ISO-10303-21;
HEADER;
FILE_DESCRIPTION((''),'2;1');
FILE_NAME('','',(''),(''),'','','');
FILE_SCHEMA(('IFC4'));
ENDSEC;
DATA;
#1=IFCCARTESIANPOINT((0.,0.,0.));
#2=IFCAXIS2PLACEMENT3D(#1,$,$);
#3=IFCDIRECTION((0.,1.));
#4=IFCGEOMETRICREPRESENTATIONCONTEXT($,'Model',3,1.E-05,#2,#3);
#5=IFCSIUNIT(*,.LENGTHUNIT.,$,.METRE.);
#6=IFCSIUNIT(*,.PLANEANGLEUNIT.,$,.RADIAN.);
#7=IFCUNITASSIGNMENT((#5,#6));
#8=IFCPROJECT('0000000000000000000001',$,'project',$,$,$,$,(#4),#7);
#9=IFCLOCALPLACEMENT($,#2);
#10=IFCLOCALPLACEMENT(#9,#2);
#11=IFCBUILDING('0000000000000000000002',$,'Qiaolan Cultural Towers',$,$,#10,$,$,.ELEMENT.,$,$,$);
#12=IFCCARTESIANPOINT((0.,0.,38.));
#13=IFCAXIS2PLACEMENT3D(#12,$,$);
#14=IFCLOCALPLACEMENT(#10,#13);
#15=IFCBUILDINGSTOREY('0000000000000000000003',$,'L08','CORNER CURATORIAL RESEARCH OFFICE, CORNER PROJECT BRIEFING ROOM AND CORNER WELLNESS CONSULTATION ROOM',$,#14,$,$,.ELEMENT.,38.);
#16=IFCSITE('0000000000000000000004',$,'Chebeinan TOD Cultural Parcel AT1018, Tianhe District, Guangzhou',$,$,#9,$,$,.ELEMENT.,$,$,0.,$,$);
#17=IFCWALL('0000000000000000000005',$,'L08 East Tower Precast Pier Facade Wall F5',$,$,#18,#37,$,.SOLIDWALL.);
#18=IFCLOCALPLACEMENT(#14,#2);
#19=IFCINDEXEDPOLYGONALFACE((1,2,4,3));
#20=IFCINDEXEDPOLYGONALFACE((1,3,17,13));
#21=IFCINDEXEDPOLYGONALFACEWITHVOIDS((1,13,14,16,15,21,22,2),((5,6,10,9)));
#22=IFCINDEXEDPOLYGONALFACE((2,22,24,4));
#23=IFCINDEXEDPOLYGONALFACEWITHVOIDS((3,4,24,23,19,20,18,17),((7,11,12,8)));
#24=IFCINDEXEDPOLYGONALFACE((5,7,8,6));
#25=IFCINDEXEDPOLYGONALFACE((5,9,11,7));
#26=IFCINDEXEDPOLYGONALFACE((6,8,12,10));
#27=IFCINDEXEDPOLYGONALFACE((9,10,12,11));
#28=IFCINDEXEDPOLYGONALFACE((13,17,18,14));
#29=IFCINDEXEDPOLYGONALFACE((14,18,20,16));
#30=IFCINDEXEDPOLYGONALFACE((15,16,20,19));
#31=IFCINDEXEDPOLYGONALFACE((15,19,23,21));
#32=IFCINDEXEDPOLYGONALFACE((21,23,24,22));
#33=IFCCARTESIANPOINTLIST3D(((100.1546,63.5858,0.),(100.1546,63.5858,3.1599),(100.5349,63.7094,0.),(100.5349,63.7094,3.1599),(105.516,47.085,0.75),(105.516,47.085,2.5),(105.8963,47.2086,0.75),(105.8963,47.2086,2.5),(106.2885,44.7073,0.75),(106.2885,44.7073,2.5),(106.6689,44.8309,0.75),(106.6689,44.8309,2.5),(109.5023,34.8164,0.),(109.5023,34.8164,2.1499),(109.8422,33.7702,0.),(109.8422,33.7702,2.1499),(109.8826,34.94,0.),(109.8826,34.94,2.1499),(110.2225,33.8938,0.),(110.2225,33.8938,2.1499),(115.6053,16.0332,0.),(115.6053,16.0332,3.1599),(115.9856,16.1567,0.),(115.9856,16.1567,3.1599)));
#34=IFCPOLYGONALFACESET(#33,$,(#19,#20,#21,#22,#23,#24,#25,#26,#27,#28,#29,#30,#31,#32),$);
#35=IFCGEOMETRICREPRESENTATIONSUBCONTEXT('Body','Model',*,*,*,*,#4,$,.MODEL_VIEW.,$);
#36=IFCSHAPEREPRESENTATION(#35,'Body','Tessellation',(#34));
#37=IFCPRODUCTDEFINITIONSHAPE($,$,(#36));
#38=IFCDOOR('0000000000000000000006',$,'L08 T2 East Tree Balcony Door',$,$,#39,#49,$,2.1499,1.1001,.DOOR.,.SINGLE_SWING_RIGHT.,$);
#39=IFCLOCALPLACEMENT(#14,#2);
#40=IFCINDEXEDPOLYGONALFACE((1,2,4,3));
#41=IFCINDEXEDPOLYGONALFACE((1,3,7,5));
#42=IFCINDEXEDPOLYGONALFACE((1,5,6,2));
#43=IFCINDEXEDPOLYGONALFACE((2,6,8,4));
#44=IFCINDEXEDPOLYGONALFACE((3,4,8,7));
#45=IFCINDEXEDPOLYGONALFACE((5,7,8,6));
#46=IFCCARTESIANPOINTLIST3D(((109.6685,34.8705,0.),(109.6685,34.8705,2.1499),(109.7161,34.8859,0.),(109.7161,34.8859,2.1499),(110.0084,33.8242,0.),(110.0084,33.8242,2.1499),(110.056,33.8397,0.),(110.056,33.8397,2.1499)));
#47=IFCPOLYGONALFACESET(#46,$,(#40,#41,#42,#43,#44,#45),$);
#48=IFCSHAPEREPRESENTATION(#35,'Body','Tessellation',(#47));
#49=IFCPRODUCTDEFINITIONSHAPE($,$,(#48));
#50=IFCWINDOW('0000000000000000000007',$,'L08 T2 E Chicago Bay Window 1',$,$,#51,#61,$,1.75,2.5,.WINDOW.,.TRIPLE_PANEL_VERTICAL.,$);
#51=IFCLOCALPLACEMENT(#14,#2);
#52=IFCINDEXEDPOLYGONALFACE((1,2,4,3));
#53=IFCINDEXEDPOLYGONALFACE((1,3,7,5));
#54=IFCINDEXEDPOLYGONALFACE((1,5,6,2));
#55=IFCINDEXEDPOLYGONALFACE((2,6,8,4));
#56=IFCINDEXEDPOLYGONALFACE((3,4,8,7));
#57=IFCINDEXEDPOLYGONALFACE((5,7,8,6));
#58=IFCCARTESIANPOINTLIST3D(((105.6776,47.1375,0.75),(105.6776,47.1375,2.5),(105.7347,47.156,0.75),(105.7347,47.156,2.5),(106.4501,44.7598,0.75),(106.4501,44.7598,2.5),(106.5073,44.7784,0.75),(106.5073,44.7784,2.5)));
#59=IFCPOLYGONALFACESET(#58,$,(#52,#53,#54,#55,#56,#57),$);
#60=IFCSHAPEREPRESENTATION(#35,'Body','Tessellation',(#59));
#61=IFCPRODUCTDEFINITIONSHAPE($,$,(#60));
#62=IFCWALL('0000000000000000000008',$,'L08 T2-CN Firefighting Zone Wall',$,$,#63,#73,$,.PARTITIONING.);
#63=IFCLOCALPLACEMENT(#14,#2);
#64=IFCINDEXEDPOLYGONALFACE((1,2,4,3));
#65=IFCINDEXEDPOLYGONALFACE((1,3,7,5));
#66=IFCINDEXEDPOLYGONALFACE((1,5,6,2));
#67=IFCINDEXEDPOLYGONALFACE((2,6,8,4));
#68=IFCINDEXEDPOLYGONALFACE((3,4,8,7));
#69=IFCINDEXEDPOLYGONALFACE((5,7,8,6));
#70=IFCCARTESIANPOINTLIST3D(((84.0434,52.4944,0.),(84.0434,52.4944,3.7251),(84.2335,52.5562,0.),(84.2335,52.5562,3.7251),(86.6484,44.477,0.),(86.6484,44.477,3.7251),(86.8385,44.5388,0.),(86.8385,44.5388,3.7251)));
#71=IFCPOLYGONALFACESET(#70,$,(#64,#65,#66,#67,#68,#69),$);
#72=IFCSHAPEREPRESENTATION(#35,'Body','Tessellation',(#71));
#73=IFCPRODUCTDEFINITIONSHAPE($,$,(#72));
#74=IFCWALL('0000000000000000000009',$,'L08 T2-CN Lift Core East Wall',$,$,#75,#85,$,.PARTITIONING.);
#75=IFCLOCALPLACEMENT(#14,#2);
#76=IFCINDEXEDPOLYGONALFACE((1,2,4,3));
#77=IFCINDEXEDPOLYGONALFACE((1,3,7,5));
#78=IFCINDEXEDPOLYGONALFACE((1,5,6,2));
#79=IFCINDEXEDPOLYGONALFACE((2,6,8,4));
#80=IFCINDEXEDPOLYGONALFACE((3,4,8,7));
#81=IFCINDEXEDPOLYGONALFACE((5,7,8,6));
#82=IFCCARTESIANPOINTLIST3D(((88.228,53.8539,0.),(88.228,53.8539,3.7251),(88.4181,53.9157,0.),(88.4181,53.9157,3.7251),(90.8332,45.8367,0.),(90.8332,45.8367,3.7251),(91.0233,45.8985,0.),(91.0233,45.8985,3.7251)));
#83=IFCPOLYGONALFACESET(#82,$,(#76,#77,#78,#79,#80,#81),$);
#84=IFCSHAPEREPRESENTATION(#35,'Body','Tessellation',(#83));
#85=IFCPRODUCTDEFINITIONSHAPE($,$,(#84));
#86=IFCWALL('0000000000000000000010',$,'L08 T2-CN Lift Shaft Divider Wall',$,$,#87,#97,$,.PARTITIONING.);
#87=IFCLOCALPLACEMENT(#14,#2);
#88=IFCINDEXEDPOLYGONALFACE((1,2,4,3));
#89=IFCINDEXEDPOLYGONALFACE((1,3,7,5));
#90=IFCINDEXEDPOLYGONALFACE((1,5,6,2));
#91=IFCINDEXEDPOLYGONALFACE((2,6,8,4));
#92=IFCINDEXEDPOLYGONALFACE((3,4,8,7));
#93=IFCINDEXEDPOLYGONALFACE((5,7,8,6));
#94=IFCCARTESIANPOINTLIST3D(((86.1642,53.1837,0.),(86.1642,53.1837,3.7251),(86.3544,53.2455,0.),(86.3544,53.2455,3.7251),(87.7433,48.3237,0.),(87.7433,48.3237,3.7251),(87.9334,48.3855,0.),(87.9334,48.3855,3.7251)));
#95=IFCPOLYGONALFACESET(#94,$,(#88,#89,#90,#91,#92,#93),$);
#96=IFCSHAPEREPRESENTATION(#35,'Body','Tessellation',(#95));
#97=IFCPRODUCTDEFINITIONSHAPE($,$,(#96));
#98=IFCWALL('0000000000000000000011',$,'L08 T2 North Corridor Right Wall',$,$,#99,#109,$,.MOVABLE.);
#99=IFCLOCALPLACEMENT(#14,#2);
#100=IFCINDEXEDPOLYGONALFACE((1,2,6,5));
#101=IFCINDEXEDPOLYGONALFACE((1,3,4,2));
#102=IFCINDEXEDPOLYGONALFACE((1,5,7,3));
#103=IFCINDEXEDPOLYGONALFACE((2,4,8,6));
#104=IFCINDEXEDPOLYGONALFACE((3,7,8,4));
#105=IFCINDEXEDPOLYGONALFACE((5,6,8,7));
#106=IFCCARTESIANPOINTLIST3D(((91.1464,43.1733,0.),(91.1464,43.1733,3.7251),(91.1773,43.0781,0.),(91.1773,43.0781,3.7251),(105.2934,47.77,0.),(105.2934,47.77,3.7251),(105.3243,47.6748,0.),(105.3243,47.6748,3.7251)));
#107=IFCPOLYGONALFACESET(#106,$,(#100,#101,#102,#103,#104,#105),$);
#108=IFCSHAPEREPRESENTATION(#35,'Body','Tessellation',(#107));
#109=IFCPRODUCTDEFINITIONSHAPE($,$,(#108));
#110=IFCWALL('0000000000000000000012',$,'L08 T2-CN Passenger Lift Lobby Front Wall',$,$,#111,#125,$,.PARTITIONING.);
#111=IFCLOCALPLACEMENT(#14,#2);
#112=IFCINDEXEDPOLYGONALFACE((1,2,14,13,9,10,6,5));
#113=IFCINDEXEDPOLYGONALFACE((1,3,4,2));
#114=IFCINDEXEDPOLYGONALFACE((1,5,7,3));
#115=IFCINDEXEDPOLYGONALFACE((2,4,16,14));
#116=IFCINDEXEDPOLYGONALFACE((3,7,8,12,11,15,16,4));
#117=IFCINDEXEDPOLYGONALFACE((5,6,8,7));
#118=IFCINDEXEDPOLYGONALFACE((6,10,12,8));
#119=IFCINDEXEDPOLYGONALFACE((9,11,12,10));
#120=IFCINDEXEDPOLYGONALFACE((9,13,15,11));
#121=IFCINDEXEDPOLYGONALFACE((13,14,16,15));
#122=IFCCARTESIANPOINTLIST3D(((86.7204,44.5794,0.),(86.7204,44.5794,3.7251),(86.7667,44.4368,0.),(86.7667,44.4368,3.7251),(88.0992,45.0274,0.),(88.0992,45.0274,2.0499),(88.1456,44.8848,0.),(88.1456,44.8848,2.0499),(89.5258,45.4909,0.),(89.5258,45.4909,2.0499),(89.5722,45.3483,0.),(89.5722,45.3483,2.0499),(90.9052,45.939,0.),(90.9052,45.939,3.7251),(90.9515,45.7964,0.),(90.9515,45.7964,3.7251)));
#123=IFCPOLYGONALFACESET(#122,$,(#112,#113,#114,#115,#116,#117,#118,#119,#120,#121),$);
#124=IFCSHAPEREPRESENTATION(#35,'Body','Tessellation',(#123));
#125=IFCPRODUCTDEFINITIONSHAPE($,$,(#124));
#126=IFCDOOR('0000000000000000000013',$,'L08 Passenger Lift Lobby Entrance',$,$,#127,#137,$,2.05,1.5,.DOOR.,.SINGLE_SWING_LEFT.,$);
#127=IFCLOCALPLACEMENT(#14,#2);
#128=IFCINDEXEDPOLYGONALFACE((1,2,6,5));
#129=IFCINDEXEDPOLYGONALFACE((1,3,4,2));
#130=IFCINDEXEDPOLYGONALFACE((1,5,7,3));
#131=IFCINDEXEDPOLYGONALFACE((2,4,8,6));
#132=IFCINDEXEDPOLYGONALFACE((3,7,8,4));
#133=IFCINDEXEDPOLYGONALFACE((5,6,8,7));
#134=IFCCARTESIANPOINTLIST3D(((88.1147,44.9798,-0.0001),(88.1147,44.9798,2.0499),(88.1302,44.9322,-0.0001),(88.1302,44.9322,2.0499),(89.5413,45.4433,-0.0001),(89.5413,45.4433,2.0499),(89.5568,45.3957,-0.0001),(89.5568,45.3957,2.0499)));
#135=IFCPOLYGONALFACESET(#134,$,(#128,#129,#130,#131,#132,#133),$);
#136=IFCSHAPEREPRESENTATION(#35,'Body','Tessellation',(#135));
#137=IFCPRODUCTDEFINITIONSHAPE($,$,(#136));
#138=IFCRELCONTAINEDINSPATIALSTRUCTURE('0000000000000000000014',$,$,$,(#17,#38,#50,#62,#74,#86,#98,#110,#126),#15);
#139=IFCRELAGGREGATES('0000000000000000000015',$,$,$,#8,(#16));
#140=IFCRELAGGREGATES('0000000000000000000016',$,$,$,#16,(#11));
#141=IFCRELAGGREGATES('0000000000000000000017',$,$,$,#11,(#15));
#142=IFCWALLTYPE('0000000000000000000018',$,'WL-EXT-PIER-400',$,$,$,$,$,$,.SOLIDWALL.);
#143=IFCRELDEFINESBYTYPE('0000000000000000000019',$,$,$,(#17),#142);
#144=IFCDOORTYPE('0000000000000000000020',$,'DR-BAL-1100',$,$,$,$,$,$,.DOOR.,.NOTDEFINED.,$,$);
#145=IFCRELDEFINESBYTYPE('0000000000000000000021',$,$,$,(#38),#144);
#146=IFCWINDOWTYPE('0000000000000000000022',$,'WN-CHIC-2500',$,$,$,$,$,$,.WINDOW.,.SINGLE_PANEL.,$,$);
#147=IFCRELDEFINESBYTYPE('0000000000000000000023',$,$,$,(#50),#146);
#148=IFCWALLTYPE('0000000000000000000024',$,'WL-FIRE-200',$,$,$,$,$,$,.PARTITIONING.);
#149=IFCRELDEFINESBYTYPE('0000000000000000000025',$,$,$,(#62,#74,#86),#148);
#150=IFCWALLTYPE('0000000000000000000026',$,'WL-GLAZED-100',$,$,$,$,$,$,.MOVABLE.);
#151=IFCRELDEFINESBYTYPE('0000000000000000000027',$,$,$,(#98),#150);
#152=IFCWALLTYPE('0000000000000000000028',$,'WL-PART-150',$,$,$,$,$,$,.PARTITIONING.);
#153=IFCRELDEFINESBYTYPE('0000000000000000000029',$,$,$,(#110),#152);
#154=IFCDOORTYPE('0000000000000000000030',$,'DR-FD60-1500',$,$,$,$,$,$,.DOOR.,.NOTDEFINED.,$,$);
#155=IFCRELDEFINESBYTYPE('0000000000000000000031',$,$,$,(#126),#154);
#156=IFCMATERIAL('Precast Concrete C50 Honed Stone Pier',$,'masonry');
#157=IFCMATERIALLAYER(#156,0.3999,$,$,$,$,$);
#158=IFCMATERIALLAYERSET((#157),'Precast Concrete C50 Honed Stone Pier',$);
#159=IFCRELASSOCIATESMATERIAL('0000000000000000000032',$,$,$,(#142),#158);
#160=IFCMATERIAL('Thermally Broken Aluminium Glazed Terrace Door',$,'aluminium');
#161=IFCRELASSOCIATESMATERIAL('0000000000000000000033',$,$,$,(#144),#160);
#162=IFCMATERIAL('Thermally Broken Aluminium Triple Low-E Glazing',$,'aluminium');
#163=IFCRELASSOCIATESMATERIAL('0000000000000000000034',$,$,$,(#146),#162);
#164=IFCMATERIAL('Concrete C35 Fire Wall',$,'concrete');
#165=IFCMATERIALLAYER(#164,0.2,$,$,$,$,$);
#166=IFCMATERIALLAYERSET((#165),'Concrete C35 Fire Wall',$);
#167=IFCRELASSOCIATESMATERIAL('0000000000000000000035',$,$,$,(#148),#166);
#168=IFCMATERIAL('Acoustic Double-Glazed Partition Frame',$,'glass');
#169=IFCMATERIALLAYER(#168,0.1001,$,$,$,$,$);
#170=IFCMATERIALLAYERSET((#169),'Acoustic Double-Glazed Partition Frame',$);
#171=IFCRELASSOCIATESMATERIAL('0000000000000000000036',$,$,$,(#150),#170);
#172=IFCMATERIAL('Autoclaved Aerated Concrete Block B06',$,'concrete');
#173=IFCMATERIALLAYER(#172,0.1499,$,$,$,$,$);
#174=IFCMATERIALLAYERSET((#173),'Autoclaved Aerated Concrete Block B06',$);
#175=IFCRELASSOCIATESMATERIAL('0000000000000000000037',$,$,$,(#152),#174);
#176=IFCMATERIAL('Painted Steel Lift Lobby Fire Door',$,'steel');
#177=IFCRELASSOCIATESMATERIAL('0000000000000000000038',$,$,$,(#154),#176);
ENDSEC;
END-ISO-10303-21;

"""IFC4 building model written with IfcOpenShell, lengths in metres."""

from ifc_helpers import new_model, si_unit, direction, frame, frame_2d, origin, place, context, subcontext, project, spatial, rectangle, extrude, material, layer, layer_set, type_object, element, fill, save


model = new_model("IFC4")

# Units and contexts
model_context = context("Model", 3, precision=1e-05, world=origin(), true_north=direction((0.0, 1.0)))
body_context = subcontext(model_context, "Body", "Model", "MODEL_VIEW")
ifc_project = project(units=[si_unit("LENGTHUNIT", "METRE"), si_unit("PLANEANGLEUNIT", "RADIAN")], contexts=[model_context])

# Site, building, storey
site_placement = place(None, origin())
site = spatial("IfcSite", under=ifc_project, at=site_placement, Name="Chebeinan TOD Cultural Parcel AT1018, Tianhe District, Guangzhou", CompositionType="ELEMENT", RefElevation=0.0)
building_placement = place(site_placement, origin())
building = spatial("IfcBuilding", under=site, at=building_placement, Name="Qiaolan Cultural Towers", CompositionType="ELEMENT")
storey_placement = place(building_placement, frame((0.0, 0.0, 38.0)))
storey = spatial("IfcBuildingStorey", under=building, at=storey_placement, Name="L08", Description="CORNER CURATORIAL RESEARCH OFFICE, CORNER PROJECT BRIEFING ROOM AND CORNER WELLNESS CONSULTATION ROOM", CompositionType="ELEMENT", Elevation=38.0)

# Shared definitions
ifc_material_1 = material(Name="Precast Concrete C50 Honed Stone Pier", Category="masonry")
ifc_layer_1 = layer(ifc_material_1, 0.3999)
ifc_layer_set_1 = layer_set([ifc_layer_1], Name="Precast Concrete C50 Honed Stone Pier")
wall_type_1 = type_object("IfcWallType", Name="WL-EXT-PIER-400", PredefinedType="SOLIDWALL", material=ifc_layer_set_1)

# Wall, openings, door, window
wall_1_placement = place(storey_placement, frame((100.3447, 63.6477, 0.0), z_axis=(0.0, 0.0, 1.0), x_axis=(0.309015, -0.951057, 0.0)))
wall_1 = element("IfcWall", 1, at=wall_1_placement, inside=storey, type_object=wall_type_1, Name="L08 East Tower Precast Pier Facade Wall F5", PredefinedType="SOLIDWALL", context=body_context, shape_type="SweptSolid", body=[
    extrude(rectangle(XDim=49.9998, YDim=0.3999, at=frame_2d((25.0, 0.0))), origin(), (0.0, 0.0, 1.0), 3.1599),
])
opening_1_placement = place(wall_1_placement, frame((17.3501, 0.0, 0.75)))
opening_1 = element("IfcOpeningElement", 2, at=opening_1_placement, cuts=wall_1, PredefinedType="OPENING", context=body_context, shape_type="SweptSolid", body=[
    extrude(rectangle(XDim=2.5, YDim=1.75, at=frame_2d((1.25, 0.875))), frame((0.0, 0.21, 0.0), z_axis=(0.0, -1.0, 0.0), x_axis=(1.0, 0.0, 0.0)), (0.0, 0.0, 1.0), 0.4199),
])
opening_2_placement = place(wall_1_placement, frame((30.25, 0.0, 0.0)))
opening_2 = element("IfcOpeningElement", 3, at=opening_2_placement, cuts=wall_1, PredefinedType="OPENING", context=body_context, shape_type="SweptSolid", body=[
    extrude(rectangle(XDim=1.1001, YDim=2.1499, at=frame_2d((0.55, 1.075))), frame((0.0, 0.21, 0.0), z_axis=(0.0, -1.0, 0.0), x_axis=(1.0, 0.0, 0.0)), (0.0, 0.0, 1.0), 0.4199),
])
ifc_material_2 = material(Name="Thermally Broken Aluminium Glazed Terrace Door", Category="aluminium")
door_type_1 = type_object("IfcDoorType", Name="DR-BAL-1100", OperationType="NOTDEFINED", PredefinedType="DOOR", material=ifc_material_2)
door_1_placement = place(opening_2_placement, origin())
door_1 = element("IfcDoor", 4, at=door_1_placement, inside=storey, type_object=door_type_1, Name="L08 T2 East Tree Balcony Door", OperationType="SINGLE_SWING_RIGHT", OverallHeight=2.1499, OverallWidth=1.1001, PredefinedType="DOOR", context=body_context, shape_type="SweptSolid", body=[
    extrude(rectangle(XDim=1.1001, YDim=2.1499, at=frame_2d((0.55, 1.075))), frame((0.0, 0.0249, 0.0), z_axis=(0.0, -1.0, 0.0), x_axis=(1.0, 0.0, 0.0)), (0.0, 0.0, 1.0), 0.05),
])
fill(opening_2, door_1)
ifc_material_3 = material(Name="Thermally Broken Aluminium Triple Low-E Glazing", Category="aluminium")
window_type = type_object("IfcWindowType", Name="WN-CHIC-2500", PartitioningType="SINGLE_PANEL", PredefinedType="WINDOW", material=ifc_material_3)
window_placement = place(opening_1_placement, origin())
window = element("IfcWindow", 5, at=window_placement, inside=storey, type_object=window_type, Name="L08 T2 E Chicago Bay Window 1", OverallHeight=1.75, OverallWidth=2.5, PartitioningType="TRIPLE_PANEL_VERTICAL", PredefinedType="WINDOW", context=body_context, shape_type="SweptSolid", body=[
    extrude(rectangle(XDim=2.5, YDim=1.75, at=frame_2d((1.25, 0.875))), frame((0.0, 0.03, 0.0), z_axis=(0.0, -1.0, 0.0), x_axis=(1.0, 0.0, 0.0)), (0.0, 0.0, 1.0), 0.0601),
])
fill(opening_1, window)

# Walls
ifc_material_4 = material(Name="Concrete C35 Fire Wall", Category="concrete")
ifc_layer_2 = layer(ifc_material_4, 0.2)
ifc_layer_set_2 = layer_set([ifc_layer_2], Name="Concrete C35 Fire Wall")
wall_type_2 = type_object("IfcWallType", Name="WL-FIRE-200", PredefinedType="PARTITIONING", material=ifc_layer_set_2)
for number, where, z_axis, x_axis, name in (
    (6, (86.7434, 44.5081, 0.0), (0.0, 0.0, 1.0), (-0.309016, 0.951057, 0.0), "L08 T2-CN Firefighting Zone Wall"),
    (7, (90.9282, 45.8677, 0.0), (0.0, 0.0, 1.0), (-0.309042, 0.951048, 0.0), "L08 T2-CN Lift Core East Wall"),
):
    element("IfcWall", number, at=place(storey_placement, frame(where, z_axis=z_axis, x_axis=x_axis)), inside=storey, type_object=wall_type_2, Name=name, PredefinedType="PARTITIONING", context=body_context, shape_type="SweptSolid", body=[
        extrude(rectangle(XDim=8.4299, YDim=0.2, at=frame_2d((4.2148, 0.0))), origin(), (0.0, 0.0, 1.0), 3.7251),
    ])
wall_2_placement = place(storey_placement, frame((87.8384, 48.3545, 0.0), z_axis=(0.0, 0.0, 1.0), x_axis=(-0.309009, 0.951059, 0.0)))
element("IfcWall", 8, at=wall_2_placement, inside=storey, type_object=wall_type_2, Name="L08 T2-CN Lift Shaft Divider Wall", PredefinedType="PARTITIONING", context=body_context, shape_type="SweptSolid", body=[
    extrude(rectangle(XDim=5.1101, YDim=0.2, at=frame_2d((2.5552, 0.0))), origin(), (0.0, 0.0, 1.0), 3.7251),
])
ifc_material_5 = material(Name="Acoustic Double-Glazed Partition Frame", Category="glass")
ifc_layer_3 = layer(ifc_material_5, 0.1001)
ifc_layer_set_3 = layer_set([ifc_layer_3], Name="Acoustic Double-Glazed Partition Frame")
wall_type_3 = type_object("IfcWallType", Name="WL-GLAZED-100", PredefinedType="MOVABLE", material=ifc_layer_set_3)
wall_3_placement = place(storey_placement, frame((91.1619, 43.1257, 0.0), z_axis=(0.0, 0.0, 1.0), x_axis=(0.951056, 0.30902, 0.0)))
element("IfcWall", 9, at=wall_3_placement, inside=storey, type_object=wall_type_3, Name="L08 T2 North Corridor Right Wall", PredefinedType="MOVABLE", context=body_context, shape_type="SweptSolid", body=[
    extrude(rectangle(XDim=14.875, YDim=0.1001, at=frame_2d((7.4375, 0.0))), origin(), (0.0, 0.0, 1.0), 3.7251),
])

# Wall, opening, door
ifc_material_6 = material(Name="Autoclaved Aerated Concrete Block B06", Category="concrete")
ifc_layer_4 = layer(ifc_material_6, 0.1499)
ifc_layer_set_4 = layer_set([ifc_layer_4], Name="Autoclaved Aerated Concrete Block B06")
wall_type_4 = type_object("IfcWallType", Name="WL-PART-150", PredefinedType="PARTITIONING", material=ifc_layer_set_4)
wall_4_placement = place(storey_placement, frame((86.7434, 44.5081, 0.0), z_axis=(0.0, 0.0, 1.0), x_axis=(0.951064, 0.308994, 0.0)))
wall_4 = element("IfcWall", 10, at=wall_4_placement, inside=storey, type_object=wall_type_4, Name="L08 T2-CN Passenger Lift Lobby Front Wall", PredefinedType="PARTITIONING", context=body_context, shape_type="SweptSolid", body=[
    extrude(rectangle(XDim=4.4001, YDim=0.1499, at=frame_2d((2.2002, 0.0))), origin(), (0.0, 0.0, 1.0), 3.7251),
])
opening_3_placement = place(wall_4_placement, frame((1.45, 0.0, 0.0)))
opening_3 = element("IfcOpeningElement", 11, at=opening_3_placement, cuts=wall_4, PredefinedType="OPENING", context=body_context, shape_type="SweptSolid", body=[
    extrude(rectangle(XDim=1.5, YDim=2.05, at=frame_2d((0.75, 1.0249))), frame((0.0, 0.085, 0.0), z_axis=(0.0, -1.0, 0.0), x_axis=(1.0, 0.0, 0.0)), (0.0, 0.0, 1.0), 0.1699),
])
ifc_material_7 = material(Name="Painted Steel Lift Lobby Fire Door", Category="steel")
door_type_2 = type_object("IfcDoorType", Name="DR-FD60-1500", OperationType="NOTDEFINED", PredefinedType="DOOR", material=ifc_material_7)
door_2_placement = place(opening_3_placement, origin())
door_2 = element("IfcDoor", 12, at=door_2_placement, inside=storey, type_object=door_type_2, Name="L08 Passenger Lift Lobby Entrance", OperationType="SINGLE_SWING_LEFT", OverallHeight=2.05, OverallWidth=1.5, PredefinedType="DOOR", context=body_context, shape_type="SweptSolid", body=[
    extrude(rectangle(XDim=1.5, YDim=2.05, at=frame_2d((0.75, 1.0249))), frame((0.0, 0.0249, 0.0), z_axis=(0.0, -1.0, 0.0), x_axis=(1.0, 0.0, 0.0)), (0.0, 0.0, 1.0), 0.05),
])
fill(opening_3, door_2)

save(model, "model.ifc")
